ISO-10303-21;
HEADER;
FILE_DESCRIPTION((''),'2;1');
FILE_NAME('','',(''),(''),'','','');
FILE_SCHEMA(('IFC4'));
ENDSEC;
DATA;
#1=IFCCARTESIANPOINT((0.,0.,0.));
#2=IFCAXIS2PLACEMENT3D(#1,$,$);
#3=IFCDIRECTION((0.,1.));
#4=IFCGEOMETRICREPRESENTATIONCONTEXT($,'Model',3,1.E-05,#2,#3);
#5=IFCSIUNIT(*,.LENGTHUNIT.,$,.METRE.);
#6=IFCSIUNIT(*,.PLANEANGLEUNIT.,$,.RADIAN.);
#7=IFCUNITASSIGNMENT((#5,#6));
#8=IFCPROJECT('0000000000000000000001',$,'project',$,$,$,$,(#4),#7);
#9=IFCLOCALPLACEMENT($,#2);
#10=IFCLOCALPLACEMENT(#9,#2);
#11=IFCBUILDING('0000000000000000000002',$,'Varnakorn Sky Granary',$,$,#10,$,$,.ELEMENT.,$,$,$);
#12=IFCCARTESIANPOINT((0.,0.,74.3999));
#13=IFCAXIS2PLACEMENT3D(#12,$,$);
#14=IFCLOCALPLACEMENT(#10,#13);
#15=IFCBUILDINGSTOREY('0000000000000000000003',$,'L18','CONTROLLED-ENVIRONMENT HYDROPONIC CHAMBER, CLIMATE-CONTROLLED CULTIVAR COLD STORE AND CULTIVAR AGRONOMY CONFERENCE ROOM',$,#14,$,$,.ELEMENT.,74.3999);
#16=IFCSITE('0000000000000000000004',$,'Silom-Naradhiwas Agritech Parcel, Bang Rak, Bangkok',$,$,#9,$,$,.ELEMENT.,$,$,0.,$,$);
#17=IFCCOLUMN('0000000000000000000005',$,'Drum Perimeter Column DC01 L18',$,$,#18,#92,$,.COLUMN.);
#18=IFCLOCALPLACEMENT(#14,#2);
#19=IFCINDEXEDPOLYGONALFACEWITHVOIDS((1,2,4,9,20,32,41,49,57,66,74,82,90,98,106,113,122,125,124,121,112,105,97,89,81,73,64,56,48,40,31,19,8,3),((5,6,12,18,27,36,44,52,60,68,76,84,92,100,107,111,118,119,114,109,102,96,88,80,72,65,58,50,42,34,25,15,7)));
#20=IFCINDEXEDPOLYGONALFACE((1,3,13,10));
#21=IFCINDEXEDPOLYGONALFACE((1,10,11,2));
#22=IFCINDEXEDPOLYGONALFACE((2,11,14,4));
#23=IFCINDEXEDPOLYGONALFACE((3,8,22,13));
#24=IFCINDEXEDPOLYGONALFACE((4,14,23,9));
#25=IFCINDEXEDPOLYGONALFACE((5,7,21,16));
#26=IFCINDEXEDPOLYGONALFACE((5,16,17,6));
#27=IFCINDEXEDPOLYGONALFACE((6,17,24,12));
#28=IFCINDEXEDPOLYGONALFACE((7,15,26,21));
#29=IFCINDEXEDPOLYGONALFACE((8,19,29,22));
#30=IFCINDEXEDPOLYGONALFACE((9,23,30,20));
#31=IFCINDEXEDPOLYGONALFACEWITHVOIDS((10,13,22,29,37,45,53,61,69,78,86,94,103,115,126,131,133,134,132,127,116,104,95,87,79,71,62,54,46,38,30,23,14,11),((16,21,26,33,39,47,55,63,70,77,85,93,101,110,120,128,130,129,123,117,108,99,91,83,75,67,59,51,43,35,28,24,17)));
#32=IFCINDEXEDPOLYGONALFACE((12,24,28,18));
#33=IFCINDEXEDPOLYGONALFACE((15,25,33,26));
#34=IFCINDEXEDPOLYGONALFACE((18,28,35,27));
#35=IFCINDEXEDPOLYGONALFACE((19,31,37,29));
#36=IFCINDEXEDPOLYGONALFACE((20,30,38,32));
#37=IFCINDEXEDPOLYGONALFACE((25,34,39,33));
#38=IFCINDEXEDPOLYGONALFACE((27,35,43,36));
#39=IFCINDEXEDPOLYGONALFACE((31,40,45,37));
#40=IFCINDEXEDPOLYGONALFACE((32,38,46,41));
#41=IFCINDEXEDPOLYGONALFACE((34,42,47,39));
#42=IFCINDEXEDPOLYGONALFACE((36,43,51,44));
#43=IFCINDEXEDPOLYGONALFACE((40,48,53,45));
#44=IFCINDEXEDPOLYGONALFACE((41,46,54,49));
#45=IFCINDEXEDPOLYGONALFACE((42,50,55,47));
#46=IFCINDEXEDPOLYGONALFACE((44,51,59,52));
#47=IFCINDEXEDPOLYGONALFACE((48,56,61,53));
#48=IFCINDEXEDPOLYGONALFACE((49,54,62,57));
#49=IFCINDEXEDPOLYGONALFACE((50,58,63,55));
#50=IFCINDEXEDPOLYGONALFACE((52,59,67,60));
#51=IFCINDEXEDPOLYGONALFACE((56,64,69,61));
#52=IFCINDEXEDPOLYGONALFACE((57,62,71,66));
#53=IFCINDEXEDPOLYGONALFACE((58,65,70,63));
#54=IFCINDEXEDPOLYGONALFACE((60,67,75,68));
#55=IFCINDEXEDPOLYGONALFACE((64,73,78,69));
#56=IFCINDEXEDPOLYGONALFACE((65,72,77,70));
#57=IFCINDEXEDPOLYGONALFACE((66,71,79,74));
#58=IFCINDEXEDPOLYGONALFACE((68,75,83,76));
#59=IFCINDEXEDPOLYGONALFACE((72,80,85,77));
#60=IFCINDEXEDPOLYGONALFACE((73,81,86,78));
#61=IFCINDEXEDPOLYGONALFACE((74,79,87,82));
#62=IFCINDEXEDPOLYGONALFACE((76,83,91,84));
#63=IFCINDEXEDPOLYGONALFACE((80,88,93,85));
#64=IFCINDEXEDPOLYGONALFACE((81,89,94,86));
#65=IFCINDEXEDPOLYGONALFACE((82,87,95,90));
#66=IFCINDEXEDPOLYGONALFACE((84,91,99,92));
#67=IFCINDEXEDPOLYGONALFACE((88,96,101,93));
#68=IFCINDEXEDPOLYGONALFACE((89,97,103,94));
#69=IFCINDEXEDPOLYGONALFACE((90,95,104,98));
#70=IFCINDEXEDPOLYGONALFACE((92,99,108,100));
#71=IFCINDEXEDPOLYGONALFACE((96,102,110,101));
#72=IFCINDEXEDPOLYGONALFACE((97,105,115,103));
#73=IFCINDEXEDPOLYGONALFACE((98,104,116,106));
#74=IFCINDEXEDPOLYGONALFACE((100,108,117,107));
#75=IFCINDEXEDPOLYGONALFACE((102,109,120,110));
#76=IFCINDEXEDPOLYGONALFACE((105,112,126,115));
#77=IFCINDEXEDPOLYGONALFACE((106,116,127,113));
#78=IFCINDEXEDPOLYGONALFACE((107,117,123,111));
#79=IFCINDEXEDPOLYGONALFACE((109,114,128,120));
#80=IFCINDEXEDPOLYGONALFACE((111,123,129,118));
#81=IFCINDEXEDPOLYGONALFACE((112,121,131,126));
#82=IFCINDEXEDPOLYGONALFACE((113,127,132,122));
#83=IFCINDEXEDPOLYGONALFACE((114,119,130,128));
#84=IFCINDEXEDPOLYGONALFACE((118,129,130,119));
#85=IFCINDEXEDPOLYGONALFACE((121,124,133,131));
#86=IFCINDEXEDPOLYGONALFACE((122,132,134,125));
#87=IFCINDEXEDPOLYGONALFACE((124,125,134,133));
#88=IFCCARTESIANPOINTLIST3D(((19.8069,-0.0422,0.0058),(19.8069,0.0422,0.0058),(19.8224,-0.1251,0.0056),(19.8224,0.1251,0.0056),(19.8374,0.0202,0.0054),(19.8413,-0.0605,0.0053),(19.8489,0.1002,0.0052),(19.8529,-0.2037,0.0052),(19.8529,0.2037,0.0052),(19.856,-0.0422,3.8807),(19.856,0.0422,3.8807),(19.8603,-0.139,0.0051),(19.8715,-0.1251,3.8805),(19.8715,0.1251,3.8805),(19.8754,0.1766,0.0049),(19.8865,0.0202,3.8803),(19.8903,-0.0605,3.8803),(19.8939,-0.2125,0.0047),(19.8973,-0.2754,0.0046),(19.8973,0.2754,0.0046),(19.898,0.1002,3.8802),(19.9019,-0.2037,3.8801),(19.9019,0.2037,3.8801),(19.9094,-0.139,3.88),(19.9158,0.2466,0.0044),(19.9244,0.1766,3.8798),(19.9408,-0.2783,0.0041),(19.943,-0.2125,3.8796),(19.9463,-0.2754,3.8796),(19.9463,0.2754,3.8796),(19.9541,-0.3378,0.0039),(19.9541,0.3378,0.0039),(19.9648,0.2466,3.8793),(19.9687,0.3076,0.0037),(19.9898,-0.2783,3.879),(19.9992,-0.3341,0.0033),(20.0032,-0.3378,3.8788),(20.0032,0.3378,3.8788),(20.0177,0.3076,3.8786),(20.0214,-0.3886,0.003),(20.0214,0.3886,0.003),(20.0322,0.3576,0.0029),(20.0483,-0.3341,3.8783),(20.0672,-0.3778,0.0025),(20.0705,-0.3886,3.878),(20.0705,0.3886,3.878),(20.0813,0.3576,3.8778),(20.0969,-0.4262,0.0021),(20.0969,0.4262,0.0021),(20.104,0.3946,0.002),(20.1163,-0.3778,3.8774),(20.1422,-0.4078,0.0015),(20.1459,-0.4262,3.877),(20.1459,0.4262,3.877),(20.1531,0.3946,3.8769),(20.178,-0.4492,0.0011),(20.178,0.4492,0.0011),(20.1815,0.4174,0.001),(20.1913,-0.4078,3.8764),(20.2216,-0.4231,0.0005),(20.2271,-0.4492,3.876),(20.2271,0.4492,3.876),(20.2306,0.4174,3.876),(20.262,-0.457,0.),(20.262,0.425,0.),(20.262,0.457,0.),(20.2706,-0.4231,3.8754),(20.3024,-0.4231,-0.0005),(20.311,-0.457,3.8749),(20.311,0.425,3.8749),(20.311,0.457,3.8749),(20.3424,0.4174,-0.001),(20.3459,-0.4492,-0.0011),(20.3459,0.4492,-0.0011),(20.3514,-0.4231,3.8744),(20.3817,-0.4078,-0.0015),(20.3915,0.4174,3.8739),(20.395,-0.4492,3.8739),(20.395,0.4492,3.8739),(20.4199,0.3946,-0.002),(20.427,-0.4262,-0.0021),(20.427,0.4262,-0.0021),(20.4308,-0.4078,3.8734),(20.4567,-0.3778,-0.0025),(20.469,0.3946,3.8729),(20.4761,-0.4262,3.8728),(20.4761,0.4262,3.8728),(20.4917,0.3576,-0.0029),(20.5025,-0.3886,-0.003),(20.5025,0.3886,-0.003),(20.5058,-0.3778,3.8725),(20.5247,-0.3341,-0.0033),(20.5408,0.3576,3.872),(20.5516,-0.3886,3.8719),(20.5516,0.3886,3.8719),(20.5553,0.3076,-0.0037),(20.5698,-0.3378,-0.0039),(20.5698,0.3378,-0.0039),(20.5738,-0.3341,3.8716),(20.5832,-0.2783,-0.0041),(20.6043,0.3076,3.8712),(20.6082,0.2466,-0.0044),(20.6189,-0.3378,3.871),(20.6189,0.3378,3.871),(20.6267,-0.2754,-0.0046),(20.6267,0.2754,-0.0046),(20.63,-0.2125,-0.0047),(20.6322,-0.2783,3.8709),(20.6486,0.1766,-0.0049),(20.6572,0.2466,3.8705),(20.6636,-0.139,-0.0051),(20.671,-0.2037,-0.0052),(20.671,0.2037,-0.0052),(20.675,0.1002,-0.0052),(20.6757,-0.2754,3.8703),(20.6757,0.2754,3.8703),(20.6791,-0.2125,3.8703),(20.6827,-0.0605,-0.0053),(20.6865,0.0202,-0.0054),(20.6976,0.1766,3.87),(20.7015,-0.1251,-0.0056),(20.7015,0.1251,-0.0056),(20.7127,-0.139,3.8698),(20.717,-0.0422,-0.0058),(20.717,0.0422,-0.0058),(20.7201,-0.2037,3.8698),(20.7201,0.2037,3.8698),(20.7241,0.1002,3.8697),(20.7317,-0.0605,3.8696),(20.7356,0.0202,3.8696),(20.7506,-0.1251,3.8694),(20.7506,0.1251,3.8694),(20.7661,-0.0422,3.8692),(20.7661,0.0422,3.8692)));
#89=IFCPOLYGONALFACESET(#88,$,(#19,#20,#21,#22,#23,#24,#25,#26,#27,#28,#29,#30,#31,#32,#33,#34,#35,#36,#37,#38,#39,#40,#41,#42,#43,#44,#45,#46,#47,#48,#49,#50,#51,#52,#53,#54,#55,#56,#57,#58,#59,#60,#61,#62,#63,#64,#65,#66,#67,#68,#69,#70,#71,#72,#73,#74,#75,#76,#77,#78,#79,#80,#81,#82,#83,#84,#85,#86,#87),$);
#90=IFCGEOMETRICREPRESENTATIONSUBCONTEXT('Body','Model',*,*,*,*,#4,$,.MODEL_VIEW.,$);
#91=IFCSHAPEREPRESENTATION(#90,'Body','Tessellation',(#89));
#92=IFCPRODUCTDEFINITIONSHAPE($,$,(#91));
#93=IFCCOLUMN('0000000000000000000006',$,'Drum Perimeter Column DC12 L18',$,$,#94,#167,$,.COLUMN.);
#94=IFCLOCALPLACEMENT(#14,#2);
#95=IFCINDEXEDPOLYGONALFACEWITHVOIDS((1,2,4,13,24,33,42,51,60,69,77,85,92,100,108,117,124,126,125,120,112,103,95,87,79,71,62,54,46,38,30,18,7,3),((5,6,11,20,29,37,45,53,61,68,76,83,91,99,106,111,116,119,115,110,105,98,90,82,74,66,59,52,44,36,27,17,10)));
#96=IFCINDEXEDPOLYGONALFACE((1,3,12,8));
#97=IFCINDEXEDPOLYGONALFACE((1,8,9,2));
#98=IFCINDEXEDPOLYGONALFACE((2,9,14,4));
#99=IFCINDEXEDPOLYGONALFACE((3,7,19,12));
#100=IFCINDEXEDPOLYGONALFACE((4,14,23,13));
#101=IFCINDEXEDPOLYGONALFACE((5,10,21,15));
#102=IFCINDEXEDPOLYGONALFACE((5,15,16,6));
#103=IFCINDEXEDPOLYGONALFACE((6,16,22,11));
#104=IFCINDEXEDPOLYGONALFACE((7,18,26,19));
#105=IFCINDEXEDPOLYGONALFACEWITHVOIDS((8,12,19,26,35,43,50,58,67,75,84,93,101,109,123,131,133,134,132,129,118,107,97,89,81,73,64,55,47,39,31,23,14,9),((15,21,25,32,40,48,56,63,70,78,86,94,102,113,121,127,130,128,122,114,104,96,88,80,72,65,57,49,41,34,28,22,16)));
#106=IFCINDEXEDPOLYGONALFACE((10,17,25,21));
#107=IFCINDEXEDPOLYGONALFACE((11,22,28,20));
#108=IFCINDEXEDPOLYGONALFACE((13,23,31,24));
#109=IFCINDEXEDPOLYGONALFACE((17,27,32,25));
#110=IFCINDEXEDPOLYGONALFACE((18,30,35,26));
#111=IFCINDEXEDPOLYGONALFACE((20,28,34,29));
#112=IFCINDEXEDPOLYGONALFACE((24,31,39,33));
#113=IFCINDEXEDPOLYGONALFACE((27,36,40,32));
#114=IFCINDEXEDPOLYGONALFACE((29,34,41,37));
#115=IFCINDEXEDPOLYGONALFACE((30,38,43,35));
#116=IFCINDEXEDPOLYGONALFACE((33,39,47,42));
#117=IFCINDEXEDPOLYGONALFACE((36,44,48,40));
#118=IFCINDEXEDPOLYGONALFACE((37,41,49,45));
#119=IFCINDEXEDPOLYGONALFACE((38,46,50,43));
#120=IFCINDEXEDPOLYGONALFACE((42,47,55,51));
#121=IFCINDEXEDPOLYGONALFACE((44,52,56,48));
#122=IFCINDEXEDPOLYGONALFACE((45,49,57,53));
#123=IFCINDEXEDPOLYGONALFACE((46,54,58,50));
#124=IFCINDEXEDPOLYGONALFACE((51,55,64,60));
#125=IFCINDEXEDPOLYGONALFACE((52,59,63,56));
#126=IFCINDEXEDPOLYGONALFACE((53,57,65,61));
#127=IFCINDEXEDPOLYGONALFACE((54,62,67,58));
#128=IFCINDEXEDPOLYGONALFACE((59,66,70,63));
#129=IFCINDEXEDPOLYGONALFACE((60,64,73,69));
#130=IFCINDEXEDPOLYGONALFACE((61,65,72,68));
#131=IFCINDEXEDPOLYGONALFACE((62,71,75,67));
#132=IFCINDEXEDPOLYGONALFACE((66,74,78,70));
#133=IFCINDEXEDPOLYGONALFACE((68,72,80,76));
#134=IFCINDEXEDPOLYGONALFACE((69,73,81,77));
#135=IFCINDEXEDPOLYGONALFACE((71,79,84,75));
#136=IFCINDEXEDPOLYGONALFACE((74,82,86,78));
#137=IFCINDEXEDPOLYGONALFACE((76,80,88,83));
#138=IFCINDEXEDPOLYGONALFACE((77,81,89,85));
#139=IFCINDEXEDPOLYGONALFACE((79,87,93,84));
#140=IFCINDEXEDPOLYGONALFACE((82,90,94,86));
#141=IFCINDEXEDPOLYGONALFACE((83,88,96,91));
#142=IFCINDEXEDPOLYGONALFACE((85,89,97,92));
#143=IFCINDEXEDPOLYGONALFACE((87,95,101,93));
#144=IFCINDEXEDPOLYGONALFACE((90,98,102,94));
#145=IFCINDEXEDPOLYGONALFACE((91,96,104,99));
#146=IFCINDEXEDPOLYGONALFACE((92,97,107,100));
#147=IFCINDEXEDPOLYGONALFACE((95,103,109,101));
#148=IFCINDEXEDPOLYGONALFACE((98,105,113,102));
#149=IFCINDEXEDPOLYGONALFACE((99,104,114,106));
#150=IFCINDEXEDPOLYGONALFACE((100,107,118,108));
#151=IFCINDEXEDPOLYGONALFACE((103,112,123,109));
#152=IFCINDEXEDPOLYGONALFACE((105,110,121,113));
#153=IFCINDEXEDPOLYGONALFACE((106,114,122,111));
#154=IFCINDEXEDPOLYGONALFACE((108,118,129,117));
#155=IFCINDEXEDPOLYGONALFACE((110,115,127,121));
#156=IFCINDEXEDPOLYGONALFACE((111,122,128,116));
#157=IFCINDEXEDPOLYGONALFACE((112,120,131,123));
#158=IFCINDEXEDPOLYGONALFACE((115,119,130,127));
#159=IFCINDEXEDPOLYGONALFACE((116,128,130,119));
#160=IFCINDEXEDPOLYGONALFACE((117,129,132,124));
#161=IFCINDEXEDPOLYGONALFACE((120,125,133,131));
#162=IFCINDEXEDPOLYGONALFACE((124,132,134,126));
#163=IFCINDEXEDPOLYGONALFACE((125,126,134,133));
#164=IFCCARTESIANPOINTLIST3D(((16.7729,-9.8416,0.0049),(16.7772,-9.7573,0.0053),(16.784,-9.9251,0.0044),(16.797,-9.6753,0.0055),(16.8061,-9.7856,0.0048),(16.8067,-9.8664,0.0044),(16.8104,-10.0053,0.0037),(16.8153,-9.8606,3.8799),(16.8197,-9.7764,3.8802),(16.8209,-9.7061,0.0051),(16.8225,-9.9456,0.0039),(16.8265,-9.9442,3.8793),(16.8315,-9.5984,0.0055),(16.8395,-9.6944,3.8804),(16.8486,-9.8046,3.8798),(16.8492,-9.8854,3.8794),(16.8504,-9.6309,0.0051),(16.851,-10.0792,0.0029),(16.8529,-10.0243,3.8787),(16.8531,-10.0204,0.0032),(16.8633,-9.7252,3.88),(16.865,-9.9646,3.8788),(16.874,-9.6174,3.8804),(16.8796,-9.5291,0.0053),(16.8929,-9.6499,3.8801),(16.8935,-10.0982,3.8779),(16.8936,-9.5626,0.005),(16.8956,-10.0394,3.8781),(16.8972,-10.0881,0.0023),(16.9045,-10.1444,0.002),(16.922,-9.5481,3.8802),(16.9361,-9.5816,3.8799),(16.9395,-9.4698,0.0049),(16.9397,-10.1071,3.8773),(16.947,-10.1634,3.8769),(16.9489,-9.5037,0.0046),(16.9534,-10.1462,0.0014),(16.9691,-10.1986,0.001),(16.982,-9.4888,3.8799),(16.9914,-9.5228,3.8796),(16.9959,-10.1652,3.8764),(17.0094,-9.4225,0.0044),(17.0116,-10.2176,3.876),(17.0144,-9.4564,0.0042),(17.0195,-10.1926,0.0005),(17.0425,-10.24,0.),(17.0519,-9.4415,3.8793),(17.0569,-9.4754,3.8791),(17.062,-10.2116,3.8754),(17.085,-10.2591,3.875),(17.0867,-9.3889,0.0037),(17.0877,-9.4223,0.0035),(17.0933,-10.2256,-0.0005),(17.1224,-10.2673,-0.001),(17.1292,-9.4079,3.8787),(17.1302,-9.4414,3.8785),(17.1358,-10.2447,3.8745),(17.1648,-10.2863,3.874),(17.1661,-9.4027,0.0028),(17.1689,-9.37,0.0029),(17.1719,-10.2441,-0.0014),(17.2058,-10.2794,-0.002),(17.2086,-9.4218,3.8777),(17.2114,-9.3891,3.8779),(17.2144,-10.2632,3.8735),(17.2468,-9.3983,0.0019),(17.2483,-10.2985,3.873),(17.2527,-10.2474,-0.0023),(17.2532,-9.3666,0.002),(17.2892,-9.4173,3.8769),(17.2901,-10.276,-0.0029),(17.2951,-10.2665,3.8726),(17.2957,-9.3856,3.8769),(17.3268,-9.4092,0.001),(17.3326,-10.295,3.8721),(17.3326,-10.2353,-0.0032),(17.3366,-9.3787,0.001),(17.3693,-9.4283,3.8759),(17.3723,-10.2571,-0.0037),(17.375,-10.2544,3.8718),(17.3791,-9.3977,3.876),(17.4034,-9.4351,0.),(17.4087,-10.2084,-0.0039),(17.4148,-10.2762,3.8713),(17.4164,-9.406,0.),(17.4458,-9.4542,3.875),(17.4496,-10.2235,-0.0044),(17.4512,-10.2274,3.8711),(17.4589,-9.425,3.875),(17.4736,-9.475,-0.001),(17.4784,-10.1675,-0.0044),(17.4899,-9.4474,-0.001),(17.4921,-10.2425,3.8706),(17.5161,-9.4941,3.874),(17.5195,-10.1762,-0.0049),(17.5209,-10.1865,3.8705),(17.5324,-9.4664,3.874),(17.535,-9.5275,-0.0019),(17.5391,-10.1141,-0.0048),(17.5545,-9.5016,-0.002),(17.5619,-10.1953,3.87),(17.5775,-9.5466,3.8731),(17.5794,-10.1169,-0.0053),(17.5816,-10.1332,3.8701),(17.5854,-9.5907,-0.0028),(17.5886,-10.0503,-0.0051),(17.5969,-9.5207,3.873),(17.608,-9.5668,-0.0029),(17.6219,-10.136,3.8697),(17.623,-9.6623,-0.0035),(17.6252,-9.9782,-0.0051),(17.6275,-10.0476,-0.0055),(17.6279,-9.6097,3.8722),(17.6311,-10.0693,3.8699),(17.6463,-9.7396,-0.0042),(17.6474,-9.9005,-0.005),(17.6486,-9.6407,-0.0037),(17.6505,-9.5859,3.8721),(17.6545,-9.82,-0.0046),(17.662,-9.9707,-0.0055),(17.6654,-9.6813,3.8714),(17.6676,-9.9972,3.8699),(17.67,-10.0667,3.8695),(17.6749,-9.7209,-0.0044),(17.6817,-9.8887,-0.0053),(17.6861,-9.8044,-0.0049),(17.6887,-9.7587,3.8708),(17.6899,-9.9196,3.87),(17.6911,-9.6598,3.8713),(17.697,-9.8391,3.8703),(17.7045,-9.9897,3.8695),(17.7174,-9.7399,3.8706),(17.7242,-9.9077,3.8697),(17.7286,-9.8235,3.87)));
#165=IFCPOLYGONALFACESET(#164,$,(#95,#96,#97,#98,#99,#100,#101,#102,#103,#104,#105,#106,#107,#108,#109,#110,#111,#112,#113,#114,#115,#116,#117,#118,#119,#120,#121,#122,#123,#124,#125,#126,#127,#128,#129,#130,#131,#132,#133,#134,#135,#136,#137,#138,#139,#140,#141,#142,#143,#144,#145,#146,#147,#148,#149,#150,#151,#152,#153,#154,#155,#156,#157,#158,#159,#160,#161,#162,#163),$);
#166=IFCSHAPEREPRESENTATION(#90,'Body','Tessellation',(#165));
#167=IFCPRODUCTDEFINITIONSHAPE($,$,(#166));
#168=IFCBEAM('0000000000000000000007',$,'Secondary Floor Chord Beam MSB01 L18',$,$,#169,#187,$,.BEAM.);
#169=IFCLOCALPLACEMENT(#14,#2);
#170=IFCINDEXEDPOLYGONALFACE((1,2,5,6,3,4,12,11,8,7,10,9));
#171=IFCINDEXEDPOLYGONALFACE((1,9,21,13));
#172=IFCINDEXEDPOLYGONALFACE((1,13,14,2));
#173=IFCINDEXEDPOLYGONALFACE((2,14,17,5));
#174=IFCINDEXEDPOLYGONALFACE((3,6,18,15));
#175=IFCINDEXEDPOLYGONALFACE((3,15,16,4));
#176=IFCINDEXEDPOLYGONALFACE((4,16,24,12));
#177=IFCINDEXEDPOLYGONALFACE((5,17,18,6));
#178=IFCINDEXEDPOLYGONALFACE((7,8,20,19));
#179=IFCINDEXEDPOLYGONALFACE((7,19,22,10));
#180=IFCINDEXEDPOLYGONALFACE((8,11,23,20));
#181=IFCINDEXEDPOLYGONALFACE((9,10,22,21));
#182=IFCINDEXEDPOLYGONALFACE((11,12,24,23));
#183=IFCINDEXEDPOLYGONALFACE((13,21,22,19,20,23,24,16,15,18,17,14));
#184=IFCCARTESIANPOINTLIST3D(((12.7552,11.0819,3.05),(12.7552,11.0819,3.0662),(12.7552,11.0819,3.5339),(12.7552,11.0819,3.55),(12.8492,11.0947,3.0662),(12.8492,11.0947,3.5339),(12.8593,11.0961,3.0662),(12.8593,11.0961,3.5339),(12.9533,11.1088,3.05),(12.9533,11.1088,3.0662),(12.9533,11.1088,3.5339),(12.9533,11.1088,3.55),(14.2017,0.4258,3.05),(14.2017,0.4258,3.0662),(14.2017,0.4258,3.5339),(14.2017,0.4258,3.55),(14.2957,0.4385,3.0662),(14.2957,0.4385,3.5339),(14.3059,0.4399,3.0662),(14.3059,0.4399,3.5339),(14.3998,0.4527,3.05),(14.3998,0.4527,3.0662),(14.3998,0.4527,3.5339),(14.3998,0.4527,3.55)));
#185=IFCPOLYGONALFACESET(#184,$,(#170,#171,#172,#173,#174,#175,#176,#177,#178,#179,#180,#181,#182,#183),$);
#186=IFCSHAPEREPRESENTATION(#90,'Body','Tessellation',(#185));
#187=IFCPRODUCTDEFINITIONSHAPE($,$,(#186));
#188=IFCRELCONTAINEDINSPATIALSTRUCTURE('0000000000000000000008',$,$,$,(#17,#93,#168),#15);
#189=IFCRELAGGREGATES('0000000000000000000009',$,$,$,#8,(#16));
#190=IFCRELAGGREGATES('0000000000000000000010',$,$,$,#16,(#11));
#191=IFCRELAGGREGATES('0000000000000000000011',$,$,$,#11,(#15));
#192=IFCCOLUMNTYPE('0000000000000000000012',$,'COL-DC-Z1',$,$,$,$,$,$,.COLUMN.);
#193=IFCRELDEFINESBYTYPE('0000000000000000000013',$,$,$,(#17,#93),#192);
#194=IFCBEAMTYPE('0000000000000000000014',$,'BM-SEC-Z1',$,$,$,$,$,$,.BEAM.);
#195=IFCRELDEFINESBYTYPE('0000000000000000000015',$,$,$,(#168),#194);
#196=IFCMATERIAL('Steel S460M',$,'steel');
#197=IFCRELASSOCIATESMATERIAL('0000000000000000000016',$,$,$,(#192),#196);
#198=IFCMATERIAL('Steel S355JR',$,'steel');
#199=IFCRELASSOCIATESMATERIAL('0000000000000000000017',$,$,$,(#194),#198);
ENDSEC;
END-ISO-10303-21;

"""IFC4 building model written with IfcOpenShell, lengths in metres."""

from ifc_helpers import new_model, si_unit, direction, frame, origin, origin_2d, place, context, subcontext, project, spatial, hollow_circle, i_section, extrude, material, material_profile, profile_set, type_object, element, save


model = new_model("IFC4")

# Units and contexts
model_context = context("Model", 3, precision=1e-05, world=origin(), true_north=direction((0.0, 1.0)))
body_context = subcontext(model_context, "Body", "Model", "MODEL_VIEW")
ifc_project = project(units=[si_unit("LENGTHUNIT", "METRE"), si_unit("PLANEANGLEUNIT", "RADIAN")], contexts=[model_context])

# Site, building, storey
site_placement = place(None, origin())
site = spatial("IfcSite", under=ifc_project, at=site_placement, Name="Silom-Naradhiwas Agritech Parcel, Bang Rak, Bangkok", CompositionType="ELEMENT", RefElevation=0.0)
building_placement = place(site_placement, origin())
building = spatial("IfcBuilding", under=site, at=building_placement, Name="Varnakorn Sky Granary", CompositionType="ELEMENT")
storey_placement = place(building_placement, frame((0.0, 0.0, 74.3999)))
storey = spatial("IfcBuildingStorey", under=building, at=storey_placement, Name="L18", Description="CONTROLLED-ENVIRONMENT HYDROPONIC CHAMBER, CLIMATE-CONTROLLED CULTIVAR COLD STORE AND CULTIVAR AGRONOMY CONFERENCE ROOM", CompositionType="ELEMENT", Elevation=74.3999)

# Columns
ifc_material_1 = material(Name="Steel S460M", Category="steel")
ifc_material_profile_1 = material_profile(ifc_material_1, hollow_circle(Radius=0.457, WallThickness=0.032, at=origin_2d()), Name="CHS 914x32")
ifc_profile_set_1 = profile_set([ifc_material_profile_1], Name="Steel S460M")
column_type = type_object("IfcColumnType", Name="COL-DC-Z1", PredefinedType="COLUMN", material=ifc_profile_set_1)
for number, where, z_axis, x_axis, name in (
    (1, (20.262, 0.0, 0.0), (0.012663, 0.0, 0.99992), (0.0, 1.0, 0.0), "Drum Perimeter Column DC01 L18"),
    (2, (17.2295, -9.823, 0.0), (0.010962, -0.004914, 0.999928), (0.409056, 0.912509, 0.0), "Drum Perimeter Column DC12 L18"),
):
    element("IfcColumn", number, at=place(storey_placement, frame(where, z_axis=z_axis, x_axis=x_axis)), inside=storey, type_object=column_type, Name=name, PredefinedType="COLUMN", context=body_context, shape_type="SweptSolid", body=[
        extrude(hollow_circle(Radius=0.457, WallThickness=0.032, at=origin_2d()), origin(), (0.0, 0.0, 1.0), 3.8752),
    ])

# Beam
ifc_material_2 = material(Name="Steel S355JR", Category="steel")
ifc_material_profile_2 = material_profile(ifc_material_2, i_section(OverallWidth=0.2, OverallDepth=0.5, WebThickness=0.0103, FlangeThickness=0.0161, at=origin_2d()), Name="IPE 500")
ifc_profile_set_2 = profile_set([ifc_material_profile_2], Name="Steel S355JR")
beam_type_1 = type_object("IfcBeamType", Name="BM-SEC-Z1", PredefinedType="BEAM", material=ifc_profile_set_2)
beam_1_placement = place(storey_placement, frame((14.3008, 0.4392, 3.3), z_axis=(-0.134511, 0.990912, 0.0), x_axis=(-0.990912, -0.134511, 0.0)))
element("IfcBeam", 3, at=beam_1_placement, inside=storey, type_object=beam_type_1, Name="Secondary Floor Chord Beam MSB01 L18", PredefinedType="BEAM", context=body_context, shape_type="SweptSolid", body=[
    extrude(i_section(OverallWidth=0.2, OverallDepth=0.5, WebThickness=0.0103, FlangeThickness=0.0161, at=origin_2d()), origin(), (0.0, 0.0, 1.0), 10.7539),
])

save(model, "model.ifc")
